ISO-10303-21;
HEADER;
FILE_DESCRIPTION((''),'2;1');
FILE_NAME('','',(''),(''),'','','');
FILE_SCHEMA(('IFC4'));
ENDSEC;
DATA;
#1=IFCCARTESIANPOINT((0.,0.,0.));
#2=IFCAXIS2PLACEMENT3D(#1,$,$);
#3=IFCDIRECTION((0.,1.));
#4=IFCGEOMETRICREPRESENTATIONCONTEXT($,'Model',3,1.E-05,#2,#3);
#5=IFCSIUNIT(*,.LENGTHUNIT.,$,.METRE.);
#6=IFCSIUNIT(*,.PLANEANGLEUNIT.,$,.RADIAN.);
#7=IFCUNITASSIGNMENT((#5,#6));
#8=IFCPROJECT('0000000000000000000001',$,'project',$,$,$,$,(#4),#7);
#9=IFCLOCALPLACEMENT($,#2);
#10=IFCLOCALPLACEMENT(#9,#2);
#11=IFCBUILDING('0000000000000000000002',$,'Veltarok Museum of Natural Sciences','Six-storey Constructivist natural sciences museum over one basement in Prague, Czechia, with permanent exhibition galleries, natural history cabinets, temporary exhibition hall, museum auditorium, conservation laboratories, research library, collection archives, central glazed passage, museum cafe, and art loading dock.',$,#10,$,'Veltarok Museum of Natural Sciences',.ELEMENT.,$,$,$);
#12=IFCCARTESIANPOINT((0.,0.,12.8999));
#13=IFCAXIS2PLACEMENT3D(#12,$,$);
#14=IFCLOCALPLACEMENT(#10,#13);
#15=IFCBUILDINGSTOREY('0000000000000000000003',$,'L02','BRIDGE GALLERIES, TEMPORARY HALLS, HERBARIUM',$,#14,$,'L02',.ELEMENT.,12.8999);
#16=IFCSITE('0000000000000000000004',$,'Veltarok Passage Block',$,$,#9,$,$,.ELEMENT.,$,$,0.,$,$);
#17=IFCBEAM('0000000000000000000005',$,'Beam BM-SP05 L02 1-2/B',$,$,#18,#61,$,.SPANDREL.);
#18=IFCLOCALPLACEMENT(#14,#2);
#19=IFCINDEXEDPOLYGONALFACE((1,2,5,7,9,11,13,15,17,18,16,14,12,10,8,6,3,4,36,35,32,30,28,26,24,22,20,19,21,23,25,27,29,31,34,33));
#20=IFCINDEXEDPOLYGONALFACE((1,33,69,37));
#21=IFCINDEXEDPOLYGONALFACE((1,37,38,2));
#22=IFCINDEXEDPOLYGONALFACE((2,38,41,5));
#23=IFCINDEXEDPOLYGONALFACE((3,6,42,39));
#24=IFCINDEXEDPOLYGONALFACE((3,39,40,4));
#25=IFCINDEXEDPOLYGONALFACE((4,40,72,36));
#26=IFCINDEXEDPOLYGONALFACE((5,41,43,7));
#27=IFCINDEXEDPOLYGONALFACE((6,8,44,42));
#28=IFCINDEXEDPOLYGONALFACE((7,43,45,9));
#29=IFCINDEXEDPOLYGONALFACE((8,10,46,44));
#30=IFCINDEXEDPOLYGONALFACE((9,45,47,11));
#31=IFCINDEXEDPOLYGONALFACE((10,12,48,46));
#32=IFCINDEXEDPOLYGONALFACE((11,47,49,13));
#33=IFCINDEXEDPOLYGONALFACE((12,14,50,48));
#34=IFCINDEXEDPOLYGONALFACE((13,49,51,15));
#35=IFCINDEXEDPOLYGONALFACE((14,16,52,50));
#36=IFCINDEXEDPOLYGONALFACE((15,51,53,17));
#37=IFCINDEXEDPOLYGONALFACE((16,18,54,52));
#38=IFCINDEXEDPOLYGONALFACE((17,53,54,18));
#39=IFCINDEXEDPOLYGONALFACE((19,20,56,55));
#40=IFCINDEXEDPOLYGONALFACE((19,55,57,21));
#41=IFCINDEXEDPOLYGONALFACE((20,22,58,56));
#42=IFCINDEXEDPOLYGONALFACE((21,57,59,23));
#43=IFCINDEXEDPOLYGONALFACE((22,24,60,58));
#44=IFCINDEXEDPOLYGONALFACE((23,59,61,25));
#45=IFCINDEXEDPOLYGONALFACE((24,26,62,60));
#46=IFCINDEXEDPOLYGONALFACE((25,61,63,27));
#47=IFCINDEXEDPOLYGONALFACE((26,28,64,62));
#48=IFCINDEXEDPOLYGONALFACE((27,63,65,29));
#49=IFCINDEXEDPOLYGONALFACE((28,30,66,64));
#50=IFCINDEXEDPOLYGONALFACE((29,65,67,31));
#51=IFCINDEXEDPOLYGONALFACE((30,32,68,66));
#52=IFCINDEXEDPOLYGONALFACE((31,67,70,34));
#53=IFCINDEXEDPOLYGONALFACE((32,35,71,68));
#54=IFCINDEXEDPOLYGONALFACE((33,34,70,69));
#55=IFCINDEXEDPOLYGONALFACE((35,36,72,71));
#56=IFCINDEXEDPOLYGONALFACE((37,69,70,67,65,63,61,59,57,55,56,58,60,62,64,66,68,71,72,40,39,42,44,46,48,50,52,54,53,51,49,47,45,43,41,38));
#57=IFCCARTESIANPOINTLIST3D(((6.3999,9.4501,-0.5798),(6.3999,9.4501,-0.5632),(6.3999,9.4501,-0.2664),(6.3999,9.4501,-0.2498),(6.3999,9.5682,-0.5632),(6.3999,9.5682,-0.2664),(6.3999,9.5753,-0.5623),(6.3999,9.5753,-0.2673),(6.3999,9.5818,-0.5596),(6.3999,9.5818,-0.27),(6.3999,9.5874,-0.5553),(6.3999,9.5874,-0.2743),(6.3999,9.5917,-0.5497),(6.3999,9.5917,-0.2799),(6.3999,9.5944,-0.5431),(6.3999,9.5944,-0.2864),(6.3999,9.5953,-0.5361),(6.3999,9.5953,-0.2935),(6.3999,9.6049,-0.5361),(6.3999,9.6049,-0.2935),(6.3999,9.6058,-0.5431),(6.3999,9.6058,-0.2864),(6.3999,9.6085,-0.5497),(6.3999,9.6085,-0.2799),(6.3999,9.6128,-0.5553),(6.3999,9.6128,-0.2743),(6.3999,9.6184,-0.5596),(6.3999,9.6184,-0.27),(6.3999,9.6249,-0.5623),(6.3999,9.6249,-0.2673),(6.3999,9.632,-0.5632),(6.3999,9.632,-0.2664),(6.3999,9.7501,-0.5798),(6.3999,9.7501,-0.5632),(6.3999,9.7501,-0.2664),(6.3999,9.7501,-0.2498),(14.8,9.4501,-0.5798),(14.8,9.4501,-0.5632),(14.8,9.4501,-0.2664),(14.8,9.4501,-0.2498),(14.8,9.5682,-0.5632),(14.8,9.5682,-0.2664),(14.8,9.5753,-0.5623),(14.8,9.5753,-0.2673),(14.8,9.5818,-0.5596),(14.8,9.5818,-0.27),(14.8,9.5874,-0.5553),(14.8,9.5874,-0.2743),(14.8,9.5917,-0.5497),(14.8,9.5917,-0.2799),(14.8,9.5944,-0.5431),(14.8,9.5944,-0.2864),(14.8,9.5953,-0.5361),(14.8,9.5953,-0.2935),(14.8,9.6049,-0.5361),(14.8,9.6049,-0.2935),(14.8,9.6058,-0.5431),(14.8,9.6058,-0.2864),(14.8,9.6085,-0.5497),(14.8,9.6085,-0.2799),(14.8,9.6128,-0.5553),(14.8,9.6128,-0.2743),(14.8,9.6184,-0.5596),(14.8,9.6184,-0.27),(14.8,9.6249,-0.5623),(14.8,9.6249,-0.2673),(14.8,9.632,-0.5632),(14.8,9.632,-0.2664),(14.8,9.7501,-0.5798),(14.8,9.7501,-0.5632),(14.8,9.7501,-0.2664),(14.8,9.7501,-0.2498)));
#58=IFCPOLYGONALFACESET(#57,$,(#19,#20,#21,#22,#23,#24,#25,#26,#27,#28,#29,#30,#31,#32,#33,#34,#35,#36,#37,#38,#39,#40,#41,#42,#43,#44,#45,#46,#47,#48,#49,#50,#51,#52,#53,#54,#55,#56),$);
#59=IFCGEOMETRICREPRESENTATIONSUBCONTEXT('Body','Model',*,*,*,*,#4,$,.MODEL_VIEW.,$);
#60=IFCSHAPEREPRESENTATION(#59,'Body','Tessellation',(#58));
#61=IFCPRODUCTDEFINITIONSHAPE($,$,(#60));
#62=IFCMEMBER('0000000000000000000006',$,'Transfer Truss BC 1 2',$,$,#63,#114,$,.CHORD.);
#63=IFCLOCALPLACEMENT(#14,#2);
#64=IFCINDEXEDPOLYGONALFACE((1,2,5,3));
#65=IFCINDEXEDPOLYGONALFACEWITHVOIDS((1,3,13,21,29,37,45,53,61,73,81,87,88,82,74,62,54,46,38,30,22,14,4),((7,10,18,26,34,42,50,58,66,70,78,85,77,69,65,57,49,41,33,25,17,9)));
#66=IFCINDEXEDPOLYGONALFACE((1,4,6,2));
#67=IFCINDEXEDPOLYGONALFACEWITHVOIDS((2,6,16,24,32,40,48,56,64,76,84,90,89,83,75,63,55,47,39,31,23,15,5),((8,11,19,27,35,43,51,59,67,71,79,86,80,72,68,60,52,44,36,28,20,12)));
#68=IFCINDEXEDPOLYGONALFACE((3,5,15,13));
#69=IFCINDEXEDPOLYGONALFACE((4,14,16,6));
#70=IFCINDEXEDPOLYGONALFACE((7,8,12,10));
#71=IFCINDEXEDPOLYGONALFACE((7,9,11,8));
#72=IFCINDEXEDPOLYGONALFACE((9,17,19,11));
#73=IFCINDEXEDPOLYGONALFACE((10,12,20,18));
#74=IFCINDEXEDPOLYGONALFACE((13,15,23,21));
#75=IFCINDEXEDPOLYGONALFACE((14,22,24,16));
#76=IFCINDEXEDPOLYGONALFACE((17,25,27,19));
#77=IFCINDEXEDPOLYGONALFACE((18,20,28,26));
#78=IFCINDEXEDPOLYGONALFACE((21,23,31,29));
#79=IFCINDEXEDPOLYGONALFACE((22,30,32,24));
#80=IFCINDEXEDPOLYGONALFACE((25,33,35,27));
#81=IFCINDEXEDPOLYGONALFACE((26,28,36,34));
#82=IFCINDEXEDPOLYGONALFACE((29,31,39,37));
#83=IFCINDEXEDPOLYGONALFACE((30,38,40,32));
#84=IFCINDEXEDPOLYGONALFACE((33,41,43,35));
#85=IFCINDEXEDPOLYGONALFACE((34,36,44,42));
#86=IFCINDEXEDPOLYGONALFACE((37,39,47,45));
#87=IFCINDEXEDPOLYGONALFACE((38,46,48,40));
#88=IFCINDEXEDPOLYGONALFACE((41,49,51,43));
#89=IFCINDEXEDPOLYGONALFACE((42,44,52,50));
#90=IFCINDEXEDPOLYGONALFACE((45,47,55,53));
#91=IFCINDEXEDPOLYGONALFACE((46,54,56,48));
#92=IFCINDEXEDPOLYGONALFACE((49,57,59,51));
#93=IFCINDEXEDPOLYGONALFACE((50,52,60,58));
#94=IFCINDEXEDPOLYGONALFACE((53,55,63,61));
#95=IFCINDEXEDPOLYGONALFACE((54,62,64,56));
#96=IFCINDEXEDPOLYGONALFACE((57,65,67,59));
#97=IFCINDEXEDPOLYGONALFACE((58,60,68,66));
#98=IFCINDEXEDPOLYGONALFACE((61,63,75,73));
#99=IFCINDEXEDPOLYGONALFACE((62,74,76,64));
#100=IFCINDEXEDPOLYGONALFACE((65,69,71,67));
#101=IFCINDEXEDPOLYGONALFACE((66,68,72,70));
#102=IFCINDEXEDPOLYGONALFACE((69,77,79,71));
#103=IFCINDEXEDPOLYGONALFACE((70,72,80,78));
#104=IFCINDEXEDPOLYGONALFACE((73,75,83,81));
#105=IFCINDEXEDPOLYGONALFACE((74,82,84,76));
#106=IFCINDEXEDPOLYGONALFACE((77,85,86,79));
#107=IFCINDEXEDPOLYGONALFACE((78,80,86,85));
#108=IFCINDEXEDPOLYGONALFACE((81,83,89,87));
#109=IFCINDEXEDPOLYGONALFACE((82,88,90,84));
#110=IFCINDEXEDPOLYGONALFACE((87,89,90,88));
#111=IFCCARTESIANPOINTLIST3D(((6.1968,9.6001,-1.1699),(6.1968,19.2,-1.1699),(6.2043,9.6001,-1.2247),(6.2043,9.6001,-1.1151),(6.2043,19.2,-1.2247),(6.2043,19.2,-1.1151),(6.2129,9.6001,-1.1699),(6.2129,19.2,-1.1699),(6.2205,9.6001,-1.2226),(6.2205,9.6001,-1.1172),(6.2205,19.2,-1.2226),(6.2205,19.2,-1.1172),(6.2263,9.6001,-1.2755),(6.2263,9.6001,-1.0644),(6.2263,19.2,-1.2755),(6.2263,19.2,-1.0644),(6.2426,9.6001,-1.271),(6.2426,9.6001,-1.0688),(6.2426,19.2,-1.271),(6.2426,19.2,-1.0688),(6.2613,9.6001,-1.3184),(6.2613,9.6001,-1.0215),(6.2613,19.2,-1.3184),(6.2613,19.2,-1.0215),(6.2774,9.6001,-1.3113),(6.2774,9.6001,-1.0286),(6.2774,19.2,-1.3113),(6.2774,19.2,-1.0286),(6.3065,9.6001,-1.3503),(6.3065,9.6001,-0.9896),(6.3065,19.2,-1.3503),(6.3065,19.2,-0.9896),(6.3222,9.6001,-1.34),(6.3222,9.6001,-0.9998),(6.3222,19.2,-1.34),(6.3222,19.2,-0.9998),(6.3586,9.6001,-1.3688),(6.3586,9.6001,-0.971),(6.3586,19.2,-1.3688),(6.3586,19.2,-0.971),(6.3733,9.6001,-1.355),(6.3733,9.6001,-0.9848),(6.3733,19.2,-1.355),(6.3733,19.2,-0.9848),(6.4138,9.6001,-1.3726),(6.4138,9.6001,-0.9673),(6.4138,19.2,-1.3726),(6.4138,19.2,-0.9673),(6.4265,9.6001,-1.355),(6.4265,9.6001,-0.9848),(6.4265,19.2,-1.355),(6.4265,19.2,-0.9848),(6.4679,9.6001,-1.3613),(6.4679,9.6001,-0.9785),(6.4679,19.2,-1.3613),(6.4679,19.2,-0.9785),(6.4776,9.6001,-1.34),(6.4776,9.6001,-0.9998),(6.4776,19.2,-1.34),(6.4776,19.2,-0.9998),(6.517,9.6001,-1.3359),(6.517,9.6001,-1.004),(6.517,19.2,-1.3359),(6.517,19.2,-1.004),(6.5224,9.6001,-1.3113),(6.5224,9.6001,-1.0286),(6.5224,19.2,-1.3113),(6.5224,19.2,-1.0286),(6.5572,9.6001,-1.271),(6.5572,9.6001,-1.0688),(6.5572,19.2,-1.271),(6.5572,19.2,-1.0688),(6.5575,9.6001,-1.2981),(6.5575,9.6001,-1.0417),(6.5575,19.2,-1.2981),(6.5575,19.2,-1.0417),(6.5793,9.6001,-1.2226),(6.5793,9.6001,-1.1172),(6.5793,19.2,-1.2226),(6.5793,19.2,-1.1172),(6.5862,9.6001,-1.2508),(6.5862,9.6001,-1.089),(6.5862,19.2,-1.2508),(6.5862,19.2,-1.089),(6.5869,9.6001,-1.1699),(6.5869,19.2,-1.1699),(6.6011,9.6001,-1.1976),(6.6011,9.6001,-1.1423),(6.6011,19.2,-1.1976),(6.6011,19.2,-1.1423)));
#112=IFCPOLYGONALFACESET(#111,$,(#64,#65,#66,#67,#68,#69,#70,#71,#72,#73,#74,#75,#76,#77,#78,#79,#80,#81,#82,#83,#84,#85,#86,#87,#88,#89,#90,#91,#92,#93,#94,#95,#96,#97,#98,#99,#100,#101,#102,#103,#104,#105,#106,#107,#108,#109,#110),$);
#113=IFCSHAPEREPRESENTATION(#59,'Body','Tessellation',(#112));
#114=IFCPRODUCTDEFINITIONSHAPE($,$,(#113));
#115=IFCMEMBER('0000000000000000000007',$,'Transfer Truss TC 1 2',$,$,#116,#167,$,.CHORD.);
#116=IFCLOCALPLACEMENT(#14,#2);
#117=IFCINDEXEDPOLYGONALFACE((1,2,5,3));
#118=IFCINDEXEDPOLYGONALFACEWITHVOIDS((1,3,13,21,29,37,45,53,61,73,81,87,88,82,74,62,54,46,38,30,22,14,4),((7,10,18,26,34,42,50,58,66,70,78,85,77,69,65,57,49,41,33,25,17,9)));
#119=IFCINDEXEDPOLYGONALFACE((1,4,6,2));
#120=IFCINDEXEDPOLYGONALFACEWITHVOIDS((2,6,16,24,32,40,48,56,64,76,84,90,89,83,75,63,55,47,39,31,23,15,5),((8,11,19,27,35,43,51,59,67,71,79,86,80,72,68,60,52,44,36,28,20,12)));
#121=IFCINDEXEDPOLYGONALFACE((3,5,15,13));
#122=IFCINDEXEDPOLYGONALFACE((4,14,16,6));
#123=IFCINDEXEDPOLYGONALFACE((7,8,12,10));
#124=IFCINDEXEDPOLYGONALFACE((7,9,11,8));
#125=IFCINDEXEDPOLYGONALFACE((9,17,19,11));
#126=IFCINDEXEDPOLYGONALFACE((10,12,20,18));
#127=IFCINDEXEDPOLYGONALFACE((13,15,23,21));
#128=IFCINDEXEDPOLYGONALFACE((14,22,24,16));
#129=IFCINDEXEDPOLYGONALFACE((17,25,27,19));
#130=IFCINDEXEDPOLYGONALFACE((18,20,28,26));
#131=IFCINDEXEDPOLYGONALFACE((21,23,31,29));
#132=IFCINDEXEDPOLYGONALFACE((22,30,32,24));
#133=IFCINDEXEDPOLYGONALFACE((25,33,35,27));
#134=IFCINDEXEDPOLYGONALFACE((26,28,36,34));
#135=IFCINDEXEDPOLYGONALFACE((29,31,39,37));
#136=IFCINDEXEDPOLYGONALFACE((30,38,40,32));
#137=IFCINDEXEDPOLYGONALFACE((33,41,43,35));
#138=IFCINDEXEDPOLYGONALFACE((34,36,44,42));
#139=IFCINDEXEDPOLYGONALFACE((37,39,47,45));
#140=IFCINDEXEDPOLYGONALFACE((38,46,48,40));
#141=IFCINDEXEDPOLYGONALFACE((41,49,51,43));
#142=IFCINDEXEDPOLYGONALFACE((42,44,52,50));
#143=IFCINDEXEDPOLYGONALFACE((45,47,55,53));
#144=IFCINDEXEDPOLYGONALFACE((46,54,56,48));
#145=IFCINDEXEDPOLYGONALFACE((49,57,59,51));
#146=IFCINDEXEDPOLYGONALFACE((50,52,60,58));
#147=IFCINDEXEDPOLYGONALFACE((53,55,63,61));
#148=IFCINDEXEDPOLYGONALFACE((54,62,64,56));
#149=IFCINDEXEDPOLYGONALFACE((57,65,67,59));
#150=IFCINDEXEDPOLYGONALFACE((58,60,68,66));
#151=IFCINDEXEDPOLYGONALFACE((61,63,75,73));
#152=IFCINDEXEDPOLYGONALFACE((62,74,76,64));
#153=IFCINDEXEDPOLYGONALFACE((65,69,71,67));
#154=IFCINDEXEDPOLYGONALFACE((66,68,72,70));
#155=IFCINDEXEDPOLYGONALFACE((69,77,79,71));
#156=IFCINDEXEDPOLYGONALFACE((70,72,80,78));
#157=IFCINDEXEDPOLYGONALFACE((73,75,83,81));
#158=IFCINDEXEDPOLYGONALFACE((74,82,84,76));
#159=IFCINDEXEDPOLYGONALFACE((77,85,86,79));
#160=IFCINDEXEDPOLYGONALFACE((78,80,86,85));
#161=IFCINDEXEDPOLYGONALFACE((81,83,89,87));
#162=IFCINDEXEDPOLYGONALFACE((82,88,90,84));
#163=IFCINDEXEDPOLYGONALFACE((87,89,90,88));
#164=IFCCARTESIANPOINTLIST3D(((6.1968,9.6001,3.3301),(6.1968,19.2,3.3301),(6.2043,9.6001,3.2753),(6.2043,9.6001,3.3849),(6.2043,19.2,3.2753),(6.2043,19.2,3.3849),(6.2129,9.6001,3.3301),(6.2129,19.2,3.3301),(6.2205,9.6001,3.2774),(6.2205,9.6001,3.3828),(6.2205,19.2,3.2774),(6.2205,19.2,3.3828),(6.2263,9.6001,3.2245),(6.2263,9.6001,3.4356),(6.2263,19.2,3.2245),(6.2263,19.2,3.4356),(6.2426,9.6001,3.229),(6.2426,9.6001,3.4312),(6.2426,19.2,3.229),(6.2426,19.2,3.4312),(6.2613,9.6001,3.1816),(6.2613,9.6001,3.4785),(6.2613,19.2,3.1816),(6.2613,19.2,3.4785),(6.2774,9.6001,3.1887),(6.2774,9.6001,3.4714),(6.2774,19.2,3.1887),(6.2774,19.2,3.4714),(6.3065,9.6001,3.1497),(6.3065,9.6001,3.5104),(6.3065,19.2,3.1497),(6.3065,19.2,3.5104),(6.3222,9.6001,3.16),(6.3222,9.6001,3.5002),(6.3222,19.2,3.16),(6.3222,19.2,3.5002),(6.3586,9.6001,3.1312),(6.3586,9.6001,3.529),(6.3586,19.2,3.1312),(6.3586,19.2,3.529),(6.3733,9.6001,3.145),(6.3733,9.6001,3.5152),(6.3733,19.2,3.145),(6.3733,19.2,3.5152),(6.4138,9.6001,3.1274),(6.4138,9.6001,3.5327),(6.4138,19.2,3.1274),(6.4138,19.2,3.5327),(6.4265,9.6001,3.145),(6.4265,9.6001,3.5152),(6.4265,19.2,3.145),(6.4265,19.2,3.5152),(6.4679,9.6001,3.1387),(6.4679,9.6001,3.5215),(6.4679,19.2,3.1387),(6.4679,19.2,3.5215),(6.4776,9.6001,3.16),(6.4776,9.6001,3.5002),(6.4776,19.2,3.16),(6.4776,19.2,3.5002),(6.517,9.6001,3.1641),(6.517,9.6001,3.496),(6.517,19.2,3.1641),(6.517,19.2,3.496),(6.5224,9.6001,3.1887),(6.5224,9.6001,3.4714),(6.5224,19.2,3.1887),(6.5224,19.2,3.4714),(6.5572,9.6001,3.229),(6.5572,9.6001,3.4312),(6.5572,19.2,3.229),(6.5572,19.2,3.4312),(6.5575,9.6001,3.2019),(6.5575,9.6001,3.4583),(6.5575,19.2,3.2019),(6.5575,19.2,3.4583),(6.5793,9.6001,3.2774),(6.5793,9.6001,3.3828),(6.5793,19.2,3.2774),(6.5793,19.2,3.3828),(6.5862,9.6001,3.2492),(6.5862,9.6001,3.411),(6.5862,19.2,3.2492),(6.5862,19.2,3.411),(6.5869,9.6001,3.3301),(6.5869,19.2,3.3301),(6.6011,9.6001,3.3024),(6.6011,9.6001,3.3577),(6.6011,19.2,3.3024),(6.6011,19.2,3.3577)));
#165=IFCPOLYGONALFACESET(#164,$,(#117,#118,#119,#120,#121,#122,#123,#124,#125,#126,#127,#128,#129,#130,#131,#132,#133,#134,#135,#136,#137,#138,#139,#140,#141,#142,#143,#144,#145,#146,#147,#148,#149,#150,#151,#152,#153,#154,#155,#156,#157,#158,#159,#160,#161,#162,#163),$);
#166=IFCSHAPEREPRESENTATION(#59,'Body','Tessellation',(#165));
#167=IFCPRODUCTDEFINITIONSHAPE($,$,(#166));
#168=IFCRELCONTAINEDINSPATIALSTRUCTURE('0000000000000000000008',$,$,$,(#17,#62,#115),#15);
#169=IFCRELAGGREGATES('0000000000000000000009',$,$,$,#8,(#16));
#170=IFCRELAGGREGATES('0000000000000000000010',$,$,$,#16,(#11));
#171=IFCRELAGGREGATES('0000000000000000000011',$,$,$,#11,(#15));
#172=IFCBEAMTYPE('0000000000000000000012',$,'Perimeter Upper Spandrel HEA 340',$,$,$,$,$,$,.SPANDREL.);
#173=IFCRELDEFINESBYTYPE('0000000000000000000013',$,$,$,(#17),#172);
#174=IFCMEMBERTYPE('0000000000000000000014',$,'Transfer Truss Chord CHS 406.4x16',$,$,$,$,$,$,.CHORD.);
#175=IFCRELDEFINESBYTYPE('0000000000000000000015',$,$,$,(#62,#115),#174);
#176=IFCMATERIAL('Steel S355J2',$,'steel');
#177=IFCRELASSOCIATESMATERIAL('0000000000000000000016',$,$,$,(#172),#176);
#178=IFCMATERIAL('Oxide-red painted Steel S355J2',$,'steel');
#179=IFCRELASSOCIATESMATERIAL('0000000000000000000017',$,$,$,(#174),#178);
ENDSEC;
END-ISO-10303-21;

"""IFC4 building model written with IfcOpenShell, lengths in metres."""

from ifc_helpers import new_model, si_unit, direction, frame, origin, origin_2d, place, context, subcontext, project, spatial, hollow_circle, i_section, extrude, material, material_profile, profile_set, type_object, element, save


model = new_model("IFC4")

# Units and contexts
model_context = context("Model", 3, precision=1e-05, world=origin(), true_north=direction((0.0, 1.0)))
body_context = subcontext(model_context, "Body", "Model", "MODEL_VIEW")
ifc_project = project(units=[si_unit("LENGTHUNIT", "METRE"), si_unit("PLANEANGLEUNIT", "RADIAN")], contexts=[model_context])

# Site, building, storey
site_placement = place(None, origin())
site = spatial("IfcSite", under=ifc_project, at=site_placement, Name="Veltarok Passage Block", CompositionType="ELEMENT", RefElevation=0.0)
building_placement = place(site_placement, origin())
building = spatial("IfcBuilding", under=site, at=building_placement, Name="Veltarok Museum of Natural Sciences", Description="Six-storey Constructivist natural sciences museum over one basement in Prague, Czechia, with permanent exhibition galleries, natural history cabinets, temporary exhibition hall, museum auditorium, conservation laboratories, research library, collection archives, central glazed passage, museum cafe, and art loading dock.", LongName="Veltarok Museum of Natural Sciences", CompositionType="ELEMENT")
storey_placement = place(building_placement, frame((0.0, 0.0, 12.8999)))
storey = spatial("IfcBuildingStorey", under=building, at=storey_placement, Name="L02", Description="BRIDGE GALLERIES, TEMPORARY HALLS, HERBARIUM", LongName="L02", CompositionType="ELEMENT", Elevation=12.8999)

# Shared definitions
ifc_material_1 = material(Name="Steel S355J2", Category="steel")

# Shared definitions
ifc_material_2 = material(Name="Oxide-red painted Steel S355J2", Category="steel")

# Beam
ifc_material_profile_1 = material_profile(ifc_material_1, i_section(OverallWidth=0.3, OverallDepth=0.3301, WebThickness=0.0095, FlangeThickness=0.0166, FilletRadius=0.0271, at=origin_2d()), Name="HEA 340")
ifc_profile_set_1 = profile_set([ifc_material_profile_1], Name="Steel S355J2")
beam_type_1 = type_object("IfcBeamType", Name="Perimeter Upper Spandrel HEA 340", PredefinedType="SPANDREL", material=ifc_profile_set_1)
beam_1_placement = place(storey_placement, frame((6.3999, 9.6001, -0.4148), z_axis=(1.0, 0.0, 0.0), x_axis=(0.0, 1.0, 0.0)))
element("IfcBeam", 1, at=beam_1_placement, inside=storey, type_object=beam_type_1, Name="Beam BM-SP05 L02 1-2/B", PredefinedType="SPANDREL", context=body_context, shape_type="SweptSolid", body=[
    extrude(i_section(OverallWidth=0.3, OverallDepth=0.3301, WebThickness=0.0095, FlangeThickness=0.0166, FilletRadius=0.0271, at=origin_2d()), origin(), (0.0, 0.0, 1.0), 8.4001),
])

# Members
ifc_material_profile_2 = material_profile(ifc_material_2, hollow_circle(Radius=0.2031, WallThickness=0.0161, at=origin_2d()), Name="CHS 406.4x16")
ifc_profile_set_2 = profile_set([ifc_material_profile_2], Name="Oxide-red painted Steel S355J2")
member_type_1 = type_object("IfcMemberType", Name="Transfer Truss Chord CHS 406.4x16", PredefinedType="CHORD", material=ifc_profile_set_2)
for number, where, z_axis, x_axis, name in (
    (2, (6.3999, 9.6001, -1.1699), (0.0, 1.0, 0.0), (-1.0, 0.0, 0.0), "Transfer Truss BC 1 2"),
    (3, (6.3999, 9.6001, 3.3301), (0.0, 1.0, 0.0), (-1.0, 0.0, 0.0), "Transfer Truss TC 1 2"),
):
    element("IfcMember", number, at=place(storey_placement, frame(where, z_axis=z_axis, x_axis=x_axis)), inside=storey, type_object=member_type_1, Name=name, PredefinedType="CHORD", context=body_context, shape_type="SweptSolid", body=[
        extrude(hollow_circle(Radius=0.2031, WallThickness=0.0161, at=origin_2d()), origin(), (0.0, 0.0, 1.0), 9.5999),
    ])

save(model, "model.ifc")
